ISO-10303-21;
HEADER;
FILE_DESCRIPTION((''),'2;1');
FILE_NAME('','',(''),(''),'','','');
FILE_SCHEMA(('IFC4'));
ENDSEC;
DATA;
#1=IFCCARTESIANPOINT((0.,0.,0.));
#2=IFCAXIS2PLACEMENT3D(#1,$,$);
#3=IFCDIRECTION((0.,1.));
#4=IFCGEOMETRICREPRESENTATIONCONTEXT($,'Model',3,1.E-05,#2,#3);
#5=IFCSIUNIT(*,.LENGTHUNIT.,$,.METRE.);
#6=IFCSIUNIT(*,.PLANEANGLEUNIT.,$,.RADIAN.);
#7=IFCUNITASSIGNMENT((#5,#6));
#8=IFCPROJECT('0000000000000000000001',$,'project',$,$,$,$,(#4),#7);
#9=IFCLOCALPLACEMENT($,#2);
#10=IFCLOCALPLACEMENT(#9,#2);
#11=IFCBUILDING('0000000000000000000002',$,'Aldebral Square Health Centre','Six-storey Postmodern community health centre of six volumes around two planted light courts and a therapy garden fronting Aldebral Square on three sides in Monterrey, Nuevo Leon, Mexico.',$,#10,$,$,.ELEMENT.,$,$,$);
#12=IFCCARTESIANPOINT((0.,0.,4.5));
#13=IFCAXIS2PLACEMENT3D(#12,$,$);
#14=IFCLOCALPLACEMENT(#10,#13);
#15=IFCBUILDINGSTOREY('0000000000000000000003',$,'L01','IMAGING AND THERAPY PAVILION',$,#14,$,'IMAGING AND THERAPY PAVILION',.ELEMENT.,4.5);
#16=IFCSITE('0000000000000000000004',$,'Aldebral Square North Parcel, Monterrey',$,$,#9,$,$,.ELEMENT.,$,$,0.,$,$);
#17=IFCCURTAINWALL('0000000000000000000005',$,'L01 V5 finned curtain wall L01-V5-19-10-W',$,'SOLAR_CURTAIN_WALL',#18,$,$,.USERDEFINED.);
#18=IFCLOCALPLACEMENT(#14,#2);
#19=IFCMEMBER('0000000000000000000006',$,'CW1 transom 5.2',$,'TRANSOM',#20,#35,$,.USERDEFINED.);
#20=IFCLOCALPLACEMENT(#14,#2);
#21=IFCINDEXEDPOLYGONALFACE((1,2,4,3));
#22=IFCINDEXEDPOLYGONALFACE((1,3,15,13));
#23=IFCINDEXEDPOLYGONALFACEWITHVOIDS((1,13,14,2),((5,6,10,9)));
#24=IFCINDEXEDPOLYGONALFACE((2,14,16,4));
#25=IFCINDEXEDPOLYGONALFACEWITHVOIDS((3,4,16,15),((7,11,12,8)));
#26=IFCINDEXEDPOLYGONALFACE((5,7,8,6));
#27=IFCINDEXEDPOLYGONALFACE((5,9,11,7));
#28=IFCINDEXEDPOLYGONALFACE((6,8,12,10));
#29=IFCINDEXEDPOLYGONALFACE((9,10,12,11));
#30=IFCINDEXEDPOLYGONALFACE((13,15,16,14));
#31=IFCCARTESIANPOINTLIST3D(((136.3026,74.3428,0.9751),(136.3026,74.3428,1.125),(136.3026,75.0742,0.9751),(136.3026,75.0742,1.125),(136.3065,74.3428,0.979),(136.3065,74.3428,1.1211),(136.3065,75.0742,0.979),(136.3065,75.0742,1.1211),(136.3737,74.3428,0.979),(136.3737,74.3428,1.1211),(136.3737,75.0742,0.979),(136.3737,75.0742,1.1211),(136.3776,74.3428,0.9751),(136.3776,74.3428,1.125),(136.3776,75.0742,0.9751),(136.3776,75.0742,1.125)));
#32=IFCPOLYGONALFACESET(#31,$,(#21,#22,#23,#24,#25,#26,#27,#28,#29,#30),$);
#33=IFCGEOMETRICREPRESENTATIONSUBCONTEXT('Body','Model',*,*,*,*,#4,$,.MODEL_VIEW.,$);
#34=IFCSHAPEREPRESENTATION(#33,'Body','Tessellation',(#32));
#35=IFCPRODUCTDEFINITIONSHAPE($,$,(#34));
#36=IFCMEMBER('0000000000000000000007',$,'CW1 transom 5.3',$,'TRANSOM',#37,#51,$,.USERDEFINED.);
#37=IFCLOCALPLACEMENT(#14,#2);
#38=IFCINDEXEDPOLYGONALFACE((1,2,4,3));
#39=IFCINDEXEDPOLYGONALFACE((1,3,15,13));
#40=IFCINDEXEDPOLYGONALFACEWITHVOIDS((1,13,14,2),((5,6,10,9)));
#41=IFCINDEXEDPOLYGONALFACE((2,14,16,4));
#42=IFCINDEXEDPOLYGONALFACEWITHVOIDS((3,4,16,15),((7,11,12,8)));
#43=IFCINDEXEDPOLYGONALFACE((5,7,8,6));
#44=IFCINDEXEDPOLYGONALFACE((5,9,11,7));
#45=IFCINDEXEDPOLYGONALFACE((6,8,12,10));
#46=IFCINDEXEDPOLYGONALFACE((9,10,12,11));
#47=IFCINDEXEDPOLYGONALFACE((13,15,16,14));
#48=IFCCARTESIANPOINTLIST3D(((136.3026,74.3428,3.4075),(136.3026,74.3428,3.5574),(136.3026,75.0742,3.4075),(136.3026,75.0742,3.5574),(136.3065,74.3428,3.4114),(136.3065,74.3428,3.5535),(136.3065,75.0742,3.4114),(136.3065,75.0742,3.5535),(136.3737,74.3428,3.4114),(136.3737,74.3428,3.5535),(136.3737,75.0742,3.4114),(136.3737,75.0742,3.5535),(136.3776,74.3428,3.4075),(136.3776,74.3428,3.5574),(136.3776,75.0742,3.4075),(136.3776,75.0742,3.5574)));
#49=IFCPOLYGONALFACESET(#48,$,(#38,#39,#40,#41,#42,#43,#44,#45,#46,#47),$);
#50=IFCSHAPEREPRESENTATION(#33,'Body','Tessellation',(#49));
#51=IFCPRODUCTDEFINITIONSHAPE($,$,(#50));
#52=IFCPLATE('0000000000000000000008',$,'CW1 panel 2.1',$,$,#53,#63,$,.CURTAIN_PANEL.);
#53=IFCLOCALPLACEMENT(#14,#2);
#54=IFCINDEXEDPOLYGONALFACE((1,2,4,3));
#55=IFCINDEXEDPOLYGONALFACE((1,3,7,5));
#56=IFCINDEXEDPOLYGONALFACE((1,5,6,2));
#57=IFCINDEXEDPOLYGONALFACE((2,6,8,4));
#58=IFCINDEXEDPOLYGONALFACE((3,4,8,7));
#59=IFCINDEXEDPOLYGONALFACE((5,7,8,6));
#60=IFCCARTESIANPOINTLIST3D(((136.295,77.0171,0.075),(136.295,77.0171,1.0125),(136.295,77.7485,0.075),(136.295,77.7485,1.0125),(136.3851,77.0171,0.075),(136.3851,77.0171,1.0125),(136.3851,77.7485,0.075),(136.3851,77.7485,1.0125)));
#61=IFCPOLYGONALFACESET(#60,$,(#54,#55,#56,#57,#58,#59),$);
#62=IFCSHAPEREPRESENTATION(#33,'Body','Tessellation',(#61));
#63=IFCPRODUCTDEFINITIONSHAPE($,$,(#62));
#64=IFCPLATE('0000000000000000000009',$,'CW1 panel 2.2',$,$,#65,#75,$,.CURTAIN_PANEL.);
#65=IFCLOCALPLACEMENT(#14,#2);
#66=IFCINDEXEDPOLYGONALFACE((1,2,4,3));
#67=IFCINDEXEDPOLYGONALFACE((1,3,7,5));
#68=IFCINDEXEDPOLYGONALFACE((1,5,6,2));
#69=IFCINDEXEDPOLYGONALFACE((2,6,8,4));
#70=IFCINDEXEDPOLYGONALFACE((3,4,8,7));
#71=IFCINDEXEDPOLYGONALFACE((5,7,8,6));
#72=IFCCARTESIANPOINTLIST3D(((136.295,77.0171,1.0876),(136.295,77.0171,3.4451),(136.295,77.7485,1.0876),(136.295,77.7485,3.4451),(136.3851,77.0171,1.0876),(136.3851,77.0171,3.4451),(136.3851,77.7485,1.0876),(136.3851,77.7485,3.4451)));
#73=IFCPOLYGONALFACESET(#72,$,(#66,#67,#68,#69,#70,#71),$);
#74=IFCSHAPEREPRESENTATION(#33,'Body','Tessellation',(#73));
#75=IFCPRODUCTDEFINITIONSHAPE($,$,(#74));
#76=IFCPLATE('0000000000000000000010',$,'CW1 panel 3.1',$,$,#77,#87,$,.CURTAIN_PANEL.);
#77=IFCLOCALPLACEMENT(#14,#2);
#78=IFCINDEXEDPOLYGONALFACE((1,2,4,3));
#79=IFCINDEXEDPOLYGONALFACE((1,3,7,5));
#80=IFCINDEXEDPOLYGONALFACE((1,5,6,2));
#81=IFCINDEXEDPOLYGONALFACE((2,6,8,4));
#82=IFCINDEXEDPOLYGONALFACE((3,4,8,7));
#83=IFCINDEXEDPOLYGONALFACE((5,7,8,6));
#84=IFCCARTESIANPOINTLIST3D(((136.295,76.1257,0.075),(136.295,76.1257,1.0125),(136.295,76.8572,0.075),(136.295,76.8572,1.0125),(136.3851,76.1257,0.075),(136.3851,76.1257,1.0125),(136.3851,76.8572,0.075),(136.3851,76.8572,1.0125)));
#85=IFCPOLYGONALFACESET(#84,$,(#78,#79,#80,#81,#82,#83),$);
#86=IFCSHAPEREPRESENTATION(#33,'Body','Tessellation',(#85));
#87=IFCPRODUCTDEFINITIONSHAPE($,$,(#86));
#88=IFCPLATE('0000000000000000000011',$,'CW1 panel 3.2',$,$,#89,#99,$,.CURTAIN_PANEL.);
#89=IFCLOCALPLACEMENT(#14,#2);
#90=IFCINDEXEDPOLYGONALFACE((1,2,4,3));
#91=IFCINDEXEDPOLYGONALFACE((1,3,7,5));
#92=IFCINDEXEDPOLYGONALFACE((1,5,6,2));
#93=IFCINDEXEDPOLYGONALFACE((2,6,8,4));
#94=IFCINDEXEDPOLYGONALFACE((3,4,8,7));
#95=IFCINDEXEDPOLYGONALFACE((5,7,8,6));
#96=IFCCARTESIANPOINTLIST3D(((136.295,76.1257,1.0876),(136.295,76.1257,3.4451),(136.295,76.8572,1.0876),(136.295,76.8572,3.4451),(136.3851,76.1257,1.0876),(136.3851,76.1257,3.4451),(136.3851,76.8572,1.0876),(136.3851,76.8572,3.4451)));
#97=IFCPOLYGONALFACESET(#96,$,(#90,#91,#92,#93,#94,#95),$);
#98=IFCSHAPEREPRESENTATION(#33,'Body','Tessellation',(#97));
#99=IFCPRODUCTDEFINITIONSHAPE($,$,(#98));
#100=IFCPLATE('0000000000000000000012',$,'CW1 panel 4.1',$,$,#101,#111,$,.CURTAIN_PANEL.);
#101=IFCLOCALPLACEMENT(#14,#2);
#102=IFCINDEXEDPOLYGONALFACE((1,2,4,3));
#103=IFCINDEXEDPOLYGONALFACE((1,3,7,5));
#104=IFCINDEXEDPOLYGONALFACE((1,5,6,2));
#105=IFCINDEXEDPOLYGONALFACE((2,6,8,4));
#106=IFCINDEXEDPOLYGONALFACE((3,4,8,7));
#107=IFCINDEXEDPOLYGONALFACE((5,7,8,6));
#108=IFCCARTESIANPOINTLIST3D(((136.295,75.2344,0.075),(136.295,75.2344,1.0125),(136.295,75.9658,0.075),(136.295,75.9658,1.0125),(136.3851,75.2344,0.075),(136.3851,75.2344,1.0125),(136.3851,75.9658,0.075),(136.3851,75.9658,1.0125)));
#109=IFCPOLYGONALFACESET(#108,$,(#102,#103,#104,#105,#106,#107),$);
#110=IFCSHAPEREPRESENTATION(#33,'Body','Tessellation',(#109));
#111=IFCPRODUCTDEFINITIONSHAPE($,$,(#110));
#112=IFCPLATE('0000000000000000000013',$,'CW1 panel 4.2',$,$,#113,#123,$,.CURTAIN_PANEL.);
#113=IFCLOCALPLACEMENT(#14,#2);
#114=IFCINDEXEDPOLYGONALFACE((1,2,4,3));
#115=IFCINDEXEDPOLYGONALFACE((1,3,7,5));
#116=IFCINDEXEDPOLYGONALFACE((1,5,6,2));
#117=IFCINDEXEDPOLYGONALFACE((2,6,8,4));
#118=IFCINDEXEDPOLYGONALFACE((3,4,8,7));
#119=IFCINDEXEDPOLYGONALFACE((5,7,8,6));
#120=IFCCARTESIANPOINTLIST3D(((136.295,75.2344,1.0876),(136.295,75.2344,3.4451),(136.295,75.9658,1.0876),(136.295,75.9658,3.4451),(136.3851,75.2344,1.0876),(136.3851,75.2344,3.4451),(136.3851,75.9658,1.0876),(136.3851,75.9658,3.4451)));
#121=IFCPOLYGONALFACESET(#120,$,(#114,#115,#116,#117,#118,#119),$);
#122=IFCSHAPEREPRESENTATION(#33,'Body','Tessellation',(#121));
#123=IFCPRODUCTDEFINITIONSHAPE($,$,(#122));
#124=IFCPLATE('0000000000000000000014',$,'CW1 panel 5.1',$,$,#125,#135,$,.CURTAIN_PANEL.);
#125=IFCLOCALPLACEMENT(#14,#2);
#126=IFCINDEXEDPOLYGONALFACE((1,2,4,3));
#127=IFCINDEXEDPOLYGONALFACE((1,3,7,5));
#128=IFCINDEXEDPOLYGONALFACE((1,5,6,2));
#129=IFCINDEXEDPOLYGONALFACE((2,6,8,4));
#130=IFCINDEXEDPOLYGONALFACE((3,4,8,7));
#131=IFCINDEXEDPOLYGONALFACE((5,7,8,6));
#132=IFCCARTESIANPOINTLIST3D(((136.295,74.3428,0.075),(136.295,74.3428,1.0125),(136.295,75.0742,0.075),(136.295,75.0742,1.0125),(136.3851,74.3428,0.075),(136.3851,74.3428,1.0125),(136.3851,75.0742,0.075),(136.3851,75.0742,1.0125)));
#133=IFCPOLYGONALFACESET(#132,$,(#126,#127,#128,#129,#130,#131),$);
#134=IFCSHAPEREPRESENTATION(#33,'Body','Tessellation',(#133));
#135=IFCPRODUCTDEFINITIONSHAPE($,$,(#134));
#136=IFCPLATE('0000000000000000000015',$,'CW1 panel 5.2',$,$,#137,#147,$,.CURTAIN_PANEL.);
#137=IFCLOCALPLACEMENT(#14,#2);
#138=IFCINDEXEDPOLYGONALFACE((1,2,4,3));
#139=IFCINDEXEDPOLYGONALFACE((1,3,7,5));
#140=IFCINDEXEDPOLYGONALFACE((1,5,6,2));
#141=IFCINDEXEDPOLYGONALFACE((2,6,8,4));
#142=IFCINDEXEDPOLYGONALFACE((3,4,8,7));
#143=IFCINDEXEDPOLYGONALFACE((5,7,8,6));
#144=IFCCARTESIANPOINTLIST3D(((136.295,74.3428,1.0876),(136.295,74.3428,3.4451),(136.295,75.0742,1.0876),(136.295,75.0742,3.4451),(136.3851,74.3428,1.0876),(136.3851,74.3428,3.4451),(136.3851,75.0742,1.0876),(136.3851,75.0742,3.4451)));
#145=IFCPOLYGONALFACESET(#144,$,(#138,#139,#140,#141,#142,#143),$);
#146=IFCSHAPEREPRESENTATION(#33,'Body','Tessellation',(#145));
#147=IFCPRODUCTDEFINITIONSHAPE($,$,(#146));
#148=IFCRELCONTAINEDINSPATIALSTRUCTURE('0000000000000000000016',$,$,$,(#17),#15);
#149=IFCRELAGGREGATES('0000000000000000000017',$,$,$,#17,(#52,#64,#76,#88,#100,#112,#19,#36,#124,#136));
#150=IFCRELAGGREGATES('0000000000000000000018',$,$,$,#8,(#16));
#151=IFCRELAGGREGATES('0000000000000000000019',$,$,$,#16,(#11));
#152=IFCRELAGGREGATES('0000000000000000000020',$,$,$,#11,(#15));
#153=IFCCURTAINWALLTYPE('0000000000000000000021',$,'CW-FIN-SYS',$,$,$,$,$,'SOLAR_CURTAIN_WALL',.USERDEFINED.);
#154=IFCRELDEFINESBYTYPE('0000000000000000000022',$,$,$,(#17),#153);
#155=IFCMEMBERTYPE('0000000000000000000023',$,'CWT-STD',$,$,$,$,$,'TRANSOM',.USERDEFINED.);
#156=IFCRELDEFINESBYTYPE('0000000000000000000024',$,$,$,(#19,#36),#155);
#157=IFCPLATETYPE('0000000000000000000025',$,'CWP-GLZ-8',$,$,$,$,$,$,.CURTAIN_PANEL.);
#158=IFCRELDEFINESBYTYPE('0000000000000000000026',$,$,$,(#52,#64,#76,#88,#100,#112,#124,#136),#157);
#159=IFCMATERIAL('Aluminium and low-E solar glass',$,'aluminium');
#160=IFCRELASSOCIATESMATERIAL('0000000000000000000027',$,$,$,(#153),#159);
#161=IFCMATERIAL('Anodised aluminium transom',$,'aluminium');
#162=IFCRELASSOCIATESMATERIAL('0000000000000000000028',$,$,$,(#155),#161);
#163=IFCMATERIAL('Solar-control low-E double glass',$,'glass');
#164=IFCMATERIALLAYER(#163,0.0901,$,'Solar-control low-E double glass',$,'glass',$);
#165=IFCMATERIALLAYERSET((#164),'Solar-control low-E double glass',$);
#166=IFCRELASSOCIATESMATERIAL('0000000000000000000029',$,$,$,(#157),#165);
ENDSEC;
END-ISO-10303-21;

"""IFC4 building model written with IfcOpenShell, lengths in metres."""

from ifc_helpers import new_model, si_unit, direction, frame, origin, origin_2d, place, context, subcontext, project, spatial, rectangle, hollow_rectangle, extrude, material, layer, layer_set, material_profile, profile_set, type_object, element, aggregate, save


model = new_model("IFC4")

# Units and contexts
model_context = context("Model", 3, precision=1e-05, world=origin(), true_north=direction((0.0, 1.0)))
body_context = subcontext(model_context, "Body", "Model", "MODEL_VIEW")
ifc_project = project(units=[si_unit("LENGTHUNIT", "METRE"), si_unit("PLANEANGLEUNIT", "RADIAN")], contexts=[model_context])

# Site, building, storey
site_placement = place(None, origin())
site = spatial("IfcSite", under=ifc_project, at=site_placement, Name="Aldebral Square North Parcel, Monterrey", CompositionType="ELEMENT", RefElevation=0.0)
building_placement = place(site_placement, origin())
building = spatial("IfcBuilding", under=site, at=building_placement, Name="Aldebral Square Health Centre", Description="Six-storey Postmodern community health centre of six volumes around two planted light courts and a therapy garden fronting Aldebral Square on three sides in Monterrey, Nuevo Leon, Mexico.", CompositionType="ELEMENT")
storey_placement = place(building_placement, frame((0.0, 0.0, 4.5)))
storey = spatial("IfcBuildingStorey", under=building, at=storey_placement, Name="L01", Description="IMAGING AND THERAPY PAVILION", LongName="IMAGING AND THERAPY PAVILION", CompositionType="ELEMENT", Elevation=4.5)

# Curtain wall, members, plates
ifc_material_1 = material(Name="Aluminium and low-E solar glass", Category="aluminium")
curtain_wall_type = type_object("IfcCurtainWallType", Name="CW-FIN-SYS", ElementType="SOLAR_CURTAIN_WALL", PredefinedType="USERDEFINED", material=ifc_material_1)
curtain_wall_placement = place(storey_placement, origin())
curtain_wall = element("IfcCurtainWall", 1, at=curtain_wall_placement, inside=storey, type_object=curtain_wall_type, Name="L01 V5 finned curtain wall L01-V5-19-10-W", ObjectType="SOLAR_CURTAIN_WALL", PredefinedType="USERDEFINED")
ifc_material_2 = material(Name="Anodised aluminium transom", Category="aluminium")
ifc_material_profile_1 = material_profile(ifc_material_2, hollow_rectangle(XDim=0.075, YDim=0.1499, WallThickness=0.0039, at=origin_2d()), Name="CWT 75x150x4")
ifc_profile_set_1 = profile_set([ifc_material_profile_1], Name="Anodised aluminium transom")
member_type_1 = type_object("IfcMemberType", Name="CWT-STD", ElementType="TRANSOM", PredefinedType="USERDEFINED", material=ifc_profile_set_1)
member_1_placement = place(storey_placement, frame((136.3401, 75.0742, 1.05), z_axis=(0.0, -1.0, 0.0), x_axis=(1.0, 0.0, 0.0)))
member_1 = element("IfcMember", 2, at=member_1_placement, type_object=member_type_1, Name="CW1 transom 5.2", ObjectType="TRANSOM", PredefinedType="USERDEFINED", context=body_context, shape_type="SweptSolid", body=[
    extrude(hollow_rectangle(XDim=0.075, YDim=0.1499, WallThickness=0.0039, at=origin_2d()), origin(), (0.0, 0.0, 1.0), 0.7314),
])
member_2_placement = place(storey_placement, frame((136.3401, 75.0742, 3.4824), z_axis=(0.0, -1.0, 0.0), x_axis=(1.0, 0.0, 0.0)))
member_2 = element("IfcMember", 3, at=member_2_placement, type_object=member_type_1, Name="CW1 transom 5.3", ObjectType="TRANSOM", PredefinedType="USERDEFINED", context=body_context, shape_type="SweptSolid", body=[
    extrude(hollow_rectangle(XDim=0.075, YDim=0.1499, WallThickness=0.0039, at=origin_2d()), origin(), (0.0, 0.0, 1.0), 0.7314),
])
ifc_material_3 = material(Name="Solar-control low-E double glass", Category="glass")
ifc_layer = layer(ifc_material_3, 0.0901, Name="Solar-control low-E double glass", Category="glass")
ifc_layer_set = layer_set([ifc_layer], Name="Solar-control low-E double glass")
plate_type = type_object("IfcPlateType", Name="CWP-GLZ-8", PredefinedType="CURTAIN_PANEL", material=ifc_layer_set)
plate_1_placement = place(storey_placement, frame((136.3401, 77.3828, 0.075), z_axis=(0.0, 0.0, 1.0), x_axis=(0.0, -1.0, 0.0)))
plate_1 = element("IfcPlate", 4, at=plate_1_placement, type_object=plate_type, Name="CW1 panel 2.1", PredefinedType="CURTAIN_PANEL", context=body_context, shape_type="SweptSolid", body=[
    extrude(rectangle(XDim=0.7314, YDim=0.0901, at=origin_2d()), origin(), (0.0, 0.0, 1.0), 0.9375),
])
plate_2_placement = place(storey_placement, frame((136.3401, 77.3828, 1.0876), z_axis=(0.0, 0.0, 1.0), x_axis=(0.0, -1.0, 0.0)))
plate_2 = element("IfcPlate", 5, at=plate_2_placement, type_object=plate_type, Name="CW1 panel 2.2", PredefinedType="CURTAIN_PANEL", context=body_context, shape_type="SweptSolid", body=[
    extrude(rectangle(XDim=0.7314, YDim=0.0901, at=origin_2d()), origin(), (0.0, 0.0, 1.0), 2.3574),
])
plate_3_placement = place(storey_placement, frame((136.3401, 76.4915, 0.075), z_axis=(0.0, 0.0, 1.0), x_axis=(0.0, -1.0, 0.0)))
plate_3 = element("IfcPlate", 6, at=plate_3_placement, type_object=plate_type, Name="CW1 panel 3.1", PredefinedType="CURTAIN_PANEL", context=body_context, shape_type="SweptSolid", body=[
    extrude(rectangle(XDim=0.7314, YDim=0.0901, at=origin_2d()), origin(), (0.0, 0.0, 1.0), 0.9375),
])
plate_4_placement = place(storey_placement, frame((136.3401, 76.4915, 1.0876), z_axis=(0.0, 0.0, 1.0), x_axis=(0.0, -1.0, 0.0)))
plate_4 = element("IfcPlate", 7, at=plate_4_placement, type_object=plate_type, Name="CW1 panel 3.2", PredefinedType="CURTAIN_PANEL", context=body_context, shape_type="SweptSolid", body=[
    extrude(rectangle(XDim=0.7314, YDim=0.0901, at=origin_2d()), origin(), (0.0, 0.0, 1.0), 2.3574),
])
plate_5_placement = place(storey_placement, frame((136.3401, 75.6001, 0.075), z_axis=(0.0, 0.0, 1.0), x_axis=(0.0, -1.0, 0.0)))
plate_5 = element("IfcPlate", 8, at=plate_5_placement, type_object=plate_type, Name="CW1 panel 4.1", PredefinedType="CURTAIN_PANEL", context=body_context, shape_type="SweptSolid", body=[
    extrude(rectangle(XDim=0.7314, YDim=0.0901, at=origin_2d()), origin(), (0.0, 0.0, 1.0), 0.9375),
])
plate_6_placement = place(storey_placement, frame((136.3401, 75.6001, 1.0876), z_axis=(0.0, 0.0, 1.0), x_axis=(0.0, -1.0, 0.0)))
plate_6 = element("IfcPlate", 9, at=plate_6_placement, type_object=plate_type, Name="CW1 panel 4.2", PredefinedType="CURTAIN_PANEL", context=body_context, shape_type="SweptSolid", body=[
    extrude(rectangle(XDim=0.7314, YDim=0.0901, at=origin_2d()), origin(), (0.0, 0.0, 1.0), 2.3574),
])
plate_7_placement = place(storey_placement, frame((136.3401, 74.7085, 0.075), z_axis=(0.0, 0.0, 1.0), x_axis=(0.0, -1.0, 0.0)))
plate_7 = element("IfcPlate", 10, at=plate_7_placement, type_object=plate_type, Name="CW1 panel 5.1", PredefinedType="CURTAIN_PANEL", context=body_context, shape_type="SweptSolid", body=[
    extrude(rectangle(XDim=0.7314, YDim=0.0901, at=origin_2d()), origin(), (0.0, 0.0, 1.0), 0.9375),
])
plate_8_placement = place(storey_placement, frame((136.3401, 74.7085, 1.0876), z_axis=(0.0, 0.0, 1.0), x_axis=(0.0, -1.0, 0.0)))
plate_8 = element("IfcPlate", 11, at=plate_8_placement, type_object=plate_type, Name="CW1 panel 5.2", PredefinedType="CURTAIN_PANEL", context=body_context, shape_type="SweptSolid", body=[
    extrude(rectangle(XDim=0.7314, YDim=0.0901, at=origin_2d()), origin(), (0.0, 0.0, 1.0), 2.3574),
])
aggregate(curtain_wall, [plate_1, plate_2, plate_3, plate_4, plate_5, plate_6, member_1, member_2, plate_7, plate_8])

save(model, "model.ifc")
